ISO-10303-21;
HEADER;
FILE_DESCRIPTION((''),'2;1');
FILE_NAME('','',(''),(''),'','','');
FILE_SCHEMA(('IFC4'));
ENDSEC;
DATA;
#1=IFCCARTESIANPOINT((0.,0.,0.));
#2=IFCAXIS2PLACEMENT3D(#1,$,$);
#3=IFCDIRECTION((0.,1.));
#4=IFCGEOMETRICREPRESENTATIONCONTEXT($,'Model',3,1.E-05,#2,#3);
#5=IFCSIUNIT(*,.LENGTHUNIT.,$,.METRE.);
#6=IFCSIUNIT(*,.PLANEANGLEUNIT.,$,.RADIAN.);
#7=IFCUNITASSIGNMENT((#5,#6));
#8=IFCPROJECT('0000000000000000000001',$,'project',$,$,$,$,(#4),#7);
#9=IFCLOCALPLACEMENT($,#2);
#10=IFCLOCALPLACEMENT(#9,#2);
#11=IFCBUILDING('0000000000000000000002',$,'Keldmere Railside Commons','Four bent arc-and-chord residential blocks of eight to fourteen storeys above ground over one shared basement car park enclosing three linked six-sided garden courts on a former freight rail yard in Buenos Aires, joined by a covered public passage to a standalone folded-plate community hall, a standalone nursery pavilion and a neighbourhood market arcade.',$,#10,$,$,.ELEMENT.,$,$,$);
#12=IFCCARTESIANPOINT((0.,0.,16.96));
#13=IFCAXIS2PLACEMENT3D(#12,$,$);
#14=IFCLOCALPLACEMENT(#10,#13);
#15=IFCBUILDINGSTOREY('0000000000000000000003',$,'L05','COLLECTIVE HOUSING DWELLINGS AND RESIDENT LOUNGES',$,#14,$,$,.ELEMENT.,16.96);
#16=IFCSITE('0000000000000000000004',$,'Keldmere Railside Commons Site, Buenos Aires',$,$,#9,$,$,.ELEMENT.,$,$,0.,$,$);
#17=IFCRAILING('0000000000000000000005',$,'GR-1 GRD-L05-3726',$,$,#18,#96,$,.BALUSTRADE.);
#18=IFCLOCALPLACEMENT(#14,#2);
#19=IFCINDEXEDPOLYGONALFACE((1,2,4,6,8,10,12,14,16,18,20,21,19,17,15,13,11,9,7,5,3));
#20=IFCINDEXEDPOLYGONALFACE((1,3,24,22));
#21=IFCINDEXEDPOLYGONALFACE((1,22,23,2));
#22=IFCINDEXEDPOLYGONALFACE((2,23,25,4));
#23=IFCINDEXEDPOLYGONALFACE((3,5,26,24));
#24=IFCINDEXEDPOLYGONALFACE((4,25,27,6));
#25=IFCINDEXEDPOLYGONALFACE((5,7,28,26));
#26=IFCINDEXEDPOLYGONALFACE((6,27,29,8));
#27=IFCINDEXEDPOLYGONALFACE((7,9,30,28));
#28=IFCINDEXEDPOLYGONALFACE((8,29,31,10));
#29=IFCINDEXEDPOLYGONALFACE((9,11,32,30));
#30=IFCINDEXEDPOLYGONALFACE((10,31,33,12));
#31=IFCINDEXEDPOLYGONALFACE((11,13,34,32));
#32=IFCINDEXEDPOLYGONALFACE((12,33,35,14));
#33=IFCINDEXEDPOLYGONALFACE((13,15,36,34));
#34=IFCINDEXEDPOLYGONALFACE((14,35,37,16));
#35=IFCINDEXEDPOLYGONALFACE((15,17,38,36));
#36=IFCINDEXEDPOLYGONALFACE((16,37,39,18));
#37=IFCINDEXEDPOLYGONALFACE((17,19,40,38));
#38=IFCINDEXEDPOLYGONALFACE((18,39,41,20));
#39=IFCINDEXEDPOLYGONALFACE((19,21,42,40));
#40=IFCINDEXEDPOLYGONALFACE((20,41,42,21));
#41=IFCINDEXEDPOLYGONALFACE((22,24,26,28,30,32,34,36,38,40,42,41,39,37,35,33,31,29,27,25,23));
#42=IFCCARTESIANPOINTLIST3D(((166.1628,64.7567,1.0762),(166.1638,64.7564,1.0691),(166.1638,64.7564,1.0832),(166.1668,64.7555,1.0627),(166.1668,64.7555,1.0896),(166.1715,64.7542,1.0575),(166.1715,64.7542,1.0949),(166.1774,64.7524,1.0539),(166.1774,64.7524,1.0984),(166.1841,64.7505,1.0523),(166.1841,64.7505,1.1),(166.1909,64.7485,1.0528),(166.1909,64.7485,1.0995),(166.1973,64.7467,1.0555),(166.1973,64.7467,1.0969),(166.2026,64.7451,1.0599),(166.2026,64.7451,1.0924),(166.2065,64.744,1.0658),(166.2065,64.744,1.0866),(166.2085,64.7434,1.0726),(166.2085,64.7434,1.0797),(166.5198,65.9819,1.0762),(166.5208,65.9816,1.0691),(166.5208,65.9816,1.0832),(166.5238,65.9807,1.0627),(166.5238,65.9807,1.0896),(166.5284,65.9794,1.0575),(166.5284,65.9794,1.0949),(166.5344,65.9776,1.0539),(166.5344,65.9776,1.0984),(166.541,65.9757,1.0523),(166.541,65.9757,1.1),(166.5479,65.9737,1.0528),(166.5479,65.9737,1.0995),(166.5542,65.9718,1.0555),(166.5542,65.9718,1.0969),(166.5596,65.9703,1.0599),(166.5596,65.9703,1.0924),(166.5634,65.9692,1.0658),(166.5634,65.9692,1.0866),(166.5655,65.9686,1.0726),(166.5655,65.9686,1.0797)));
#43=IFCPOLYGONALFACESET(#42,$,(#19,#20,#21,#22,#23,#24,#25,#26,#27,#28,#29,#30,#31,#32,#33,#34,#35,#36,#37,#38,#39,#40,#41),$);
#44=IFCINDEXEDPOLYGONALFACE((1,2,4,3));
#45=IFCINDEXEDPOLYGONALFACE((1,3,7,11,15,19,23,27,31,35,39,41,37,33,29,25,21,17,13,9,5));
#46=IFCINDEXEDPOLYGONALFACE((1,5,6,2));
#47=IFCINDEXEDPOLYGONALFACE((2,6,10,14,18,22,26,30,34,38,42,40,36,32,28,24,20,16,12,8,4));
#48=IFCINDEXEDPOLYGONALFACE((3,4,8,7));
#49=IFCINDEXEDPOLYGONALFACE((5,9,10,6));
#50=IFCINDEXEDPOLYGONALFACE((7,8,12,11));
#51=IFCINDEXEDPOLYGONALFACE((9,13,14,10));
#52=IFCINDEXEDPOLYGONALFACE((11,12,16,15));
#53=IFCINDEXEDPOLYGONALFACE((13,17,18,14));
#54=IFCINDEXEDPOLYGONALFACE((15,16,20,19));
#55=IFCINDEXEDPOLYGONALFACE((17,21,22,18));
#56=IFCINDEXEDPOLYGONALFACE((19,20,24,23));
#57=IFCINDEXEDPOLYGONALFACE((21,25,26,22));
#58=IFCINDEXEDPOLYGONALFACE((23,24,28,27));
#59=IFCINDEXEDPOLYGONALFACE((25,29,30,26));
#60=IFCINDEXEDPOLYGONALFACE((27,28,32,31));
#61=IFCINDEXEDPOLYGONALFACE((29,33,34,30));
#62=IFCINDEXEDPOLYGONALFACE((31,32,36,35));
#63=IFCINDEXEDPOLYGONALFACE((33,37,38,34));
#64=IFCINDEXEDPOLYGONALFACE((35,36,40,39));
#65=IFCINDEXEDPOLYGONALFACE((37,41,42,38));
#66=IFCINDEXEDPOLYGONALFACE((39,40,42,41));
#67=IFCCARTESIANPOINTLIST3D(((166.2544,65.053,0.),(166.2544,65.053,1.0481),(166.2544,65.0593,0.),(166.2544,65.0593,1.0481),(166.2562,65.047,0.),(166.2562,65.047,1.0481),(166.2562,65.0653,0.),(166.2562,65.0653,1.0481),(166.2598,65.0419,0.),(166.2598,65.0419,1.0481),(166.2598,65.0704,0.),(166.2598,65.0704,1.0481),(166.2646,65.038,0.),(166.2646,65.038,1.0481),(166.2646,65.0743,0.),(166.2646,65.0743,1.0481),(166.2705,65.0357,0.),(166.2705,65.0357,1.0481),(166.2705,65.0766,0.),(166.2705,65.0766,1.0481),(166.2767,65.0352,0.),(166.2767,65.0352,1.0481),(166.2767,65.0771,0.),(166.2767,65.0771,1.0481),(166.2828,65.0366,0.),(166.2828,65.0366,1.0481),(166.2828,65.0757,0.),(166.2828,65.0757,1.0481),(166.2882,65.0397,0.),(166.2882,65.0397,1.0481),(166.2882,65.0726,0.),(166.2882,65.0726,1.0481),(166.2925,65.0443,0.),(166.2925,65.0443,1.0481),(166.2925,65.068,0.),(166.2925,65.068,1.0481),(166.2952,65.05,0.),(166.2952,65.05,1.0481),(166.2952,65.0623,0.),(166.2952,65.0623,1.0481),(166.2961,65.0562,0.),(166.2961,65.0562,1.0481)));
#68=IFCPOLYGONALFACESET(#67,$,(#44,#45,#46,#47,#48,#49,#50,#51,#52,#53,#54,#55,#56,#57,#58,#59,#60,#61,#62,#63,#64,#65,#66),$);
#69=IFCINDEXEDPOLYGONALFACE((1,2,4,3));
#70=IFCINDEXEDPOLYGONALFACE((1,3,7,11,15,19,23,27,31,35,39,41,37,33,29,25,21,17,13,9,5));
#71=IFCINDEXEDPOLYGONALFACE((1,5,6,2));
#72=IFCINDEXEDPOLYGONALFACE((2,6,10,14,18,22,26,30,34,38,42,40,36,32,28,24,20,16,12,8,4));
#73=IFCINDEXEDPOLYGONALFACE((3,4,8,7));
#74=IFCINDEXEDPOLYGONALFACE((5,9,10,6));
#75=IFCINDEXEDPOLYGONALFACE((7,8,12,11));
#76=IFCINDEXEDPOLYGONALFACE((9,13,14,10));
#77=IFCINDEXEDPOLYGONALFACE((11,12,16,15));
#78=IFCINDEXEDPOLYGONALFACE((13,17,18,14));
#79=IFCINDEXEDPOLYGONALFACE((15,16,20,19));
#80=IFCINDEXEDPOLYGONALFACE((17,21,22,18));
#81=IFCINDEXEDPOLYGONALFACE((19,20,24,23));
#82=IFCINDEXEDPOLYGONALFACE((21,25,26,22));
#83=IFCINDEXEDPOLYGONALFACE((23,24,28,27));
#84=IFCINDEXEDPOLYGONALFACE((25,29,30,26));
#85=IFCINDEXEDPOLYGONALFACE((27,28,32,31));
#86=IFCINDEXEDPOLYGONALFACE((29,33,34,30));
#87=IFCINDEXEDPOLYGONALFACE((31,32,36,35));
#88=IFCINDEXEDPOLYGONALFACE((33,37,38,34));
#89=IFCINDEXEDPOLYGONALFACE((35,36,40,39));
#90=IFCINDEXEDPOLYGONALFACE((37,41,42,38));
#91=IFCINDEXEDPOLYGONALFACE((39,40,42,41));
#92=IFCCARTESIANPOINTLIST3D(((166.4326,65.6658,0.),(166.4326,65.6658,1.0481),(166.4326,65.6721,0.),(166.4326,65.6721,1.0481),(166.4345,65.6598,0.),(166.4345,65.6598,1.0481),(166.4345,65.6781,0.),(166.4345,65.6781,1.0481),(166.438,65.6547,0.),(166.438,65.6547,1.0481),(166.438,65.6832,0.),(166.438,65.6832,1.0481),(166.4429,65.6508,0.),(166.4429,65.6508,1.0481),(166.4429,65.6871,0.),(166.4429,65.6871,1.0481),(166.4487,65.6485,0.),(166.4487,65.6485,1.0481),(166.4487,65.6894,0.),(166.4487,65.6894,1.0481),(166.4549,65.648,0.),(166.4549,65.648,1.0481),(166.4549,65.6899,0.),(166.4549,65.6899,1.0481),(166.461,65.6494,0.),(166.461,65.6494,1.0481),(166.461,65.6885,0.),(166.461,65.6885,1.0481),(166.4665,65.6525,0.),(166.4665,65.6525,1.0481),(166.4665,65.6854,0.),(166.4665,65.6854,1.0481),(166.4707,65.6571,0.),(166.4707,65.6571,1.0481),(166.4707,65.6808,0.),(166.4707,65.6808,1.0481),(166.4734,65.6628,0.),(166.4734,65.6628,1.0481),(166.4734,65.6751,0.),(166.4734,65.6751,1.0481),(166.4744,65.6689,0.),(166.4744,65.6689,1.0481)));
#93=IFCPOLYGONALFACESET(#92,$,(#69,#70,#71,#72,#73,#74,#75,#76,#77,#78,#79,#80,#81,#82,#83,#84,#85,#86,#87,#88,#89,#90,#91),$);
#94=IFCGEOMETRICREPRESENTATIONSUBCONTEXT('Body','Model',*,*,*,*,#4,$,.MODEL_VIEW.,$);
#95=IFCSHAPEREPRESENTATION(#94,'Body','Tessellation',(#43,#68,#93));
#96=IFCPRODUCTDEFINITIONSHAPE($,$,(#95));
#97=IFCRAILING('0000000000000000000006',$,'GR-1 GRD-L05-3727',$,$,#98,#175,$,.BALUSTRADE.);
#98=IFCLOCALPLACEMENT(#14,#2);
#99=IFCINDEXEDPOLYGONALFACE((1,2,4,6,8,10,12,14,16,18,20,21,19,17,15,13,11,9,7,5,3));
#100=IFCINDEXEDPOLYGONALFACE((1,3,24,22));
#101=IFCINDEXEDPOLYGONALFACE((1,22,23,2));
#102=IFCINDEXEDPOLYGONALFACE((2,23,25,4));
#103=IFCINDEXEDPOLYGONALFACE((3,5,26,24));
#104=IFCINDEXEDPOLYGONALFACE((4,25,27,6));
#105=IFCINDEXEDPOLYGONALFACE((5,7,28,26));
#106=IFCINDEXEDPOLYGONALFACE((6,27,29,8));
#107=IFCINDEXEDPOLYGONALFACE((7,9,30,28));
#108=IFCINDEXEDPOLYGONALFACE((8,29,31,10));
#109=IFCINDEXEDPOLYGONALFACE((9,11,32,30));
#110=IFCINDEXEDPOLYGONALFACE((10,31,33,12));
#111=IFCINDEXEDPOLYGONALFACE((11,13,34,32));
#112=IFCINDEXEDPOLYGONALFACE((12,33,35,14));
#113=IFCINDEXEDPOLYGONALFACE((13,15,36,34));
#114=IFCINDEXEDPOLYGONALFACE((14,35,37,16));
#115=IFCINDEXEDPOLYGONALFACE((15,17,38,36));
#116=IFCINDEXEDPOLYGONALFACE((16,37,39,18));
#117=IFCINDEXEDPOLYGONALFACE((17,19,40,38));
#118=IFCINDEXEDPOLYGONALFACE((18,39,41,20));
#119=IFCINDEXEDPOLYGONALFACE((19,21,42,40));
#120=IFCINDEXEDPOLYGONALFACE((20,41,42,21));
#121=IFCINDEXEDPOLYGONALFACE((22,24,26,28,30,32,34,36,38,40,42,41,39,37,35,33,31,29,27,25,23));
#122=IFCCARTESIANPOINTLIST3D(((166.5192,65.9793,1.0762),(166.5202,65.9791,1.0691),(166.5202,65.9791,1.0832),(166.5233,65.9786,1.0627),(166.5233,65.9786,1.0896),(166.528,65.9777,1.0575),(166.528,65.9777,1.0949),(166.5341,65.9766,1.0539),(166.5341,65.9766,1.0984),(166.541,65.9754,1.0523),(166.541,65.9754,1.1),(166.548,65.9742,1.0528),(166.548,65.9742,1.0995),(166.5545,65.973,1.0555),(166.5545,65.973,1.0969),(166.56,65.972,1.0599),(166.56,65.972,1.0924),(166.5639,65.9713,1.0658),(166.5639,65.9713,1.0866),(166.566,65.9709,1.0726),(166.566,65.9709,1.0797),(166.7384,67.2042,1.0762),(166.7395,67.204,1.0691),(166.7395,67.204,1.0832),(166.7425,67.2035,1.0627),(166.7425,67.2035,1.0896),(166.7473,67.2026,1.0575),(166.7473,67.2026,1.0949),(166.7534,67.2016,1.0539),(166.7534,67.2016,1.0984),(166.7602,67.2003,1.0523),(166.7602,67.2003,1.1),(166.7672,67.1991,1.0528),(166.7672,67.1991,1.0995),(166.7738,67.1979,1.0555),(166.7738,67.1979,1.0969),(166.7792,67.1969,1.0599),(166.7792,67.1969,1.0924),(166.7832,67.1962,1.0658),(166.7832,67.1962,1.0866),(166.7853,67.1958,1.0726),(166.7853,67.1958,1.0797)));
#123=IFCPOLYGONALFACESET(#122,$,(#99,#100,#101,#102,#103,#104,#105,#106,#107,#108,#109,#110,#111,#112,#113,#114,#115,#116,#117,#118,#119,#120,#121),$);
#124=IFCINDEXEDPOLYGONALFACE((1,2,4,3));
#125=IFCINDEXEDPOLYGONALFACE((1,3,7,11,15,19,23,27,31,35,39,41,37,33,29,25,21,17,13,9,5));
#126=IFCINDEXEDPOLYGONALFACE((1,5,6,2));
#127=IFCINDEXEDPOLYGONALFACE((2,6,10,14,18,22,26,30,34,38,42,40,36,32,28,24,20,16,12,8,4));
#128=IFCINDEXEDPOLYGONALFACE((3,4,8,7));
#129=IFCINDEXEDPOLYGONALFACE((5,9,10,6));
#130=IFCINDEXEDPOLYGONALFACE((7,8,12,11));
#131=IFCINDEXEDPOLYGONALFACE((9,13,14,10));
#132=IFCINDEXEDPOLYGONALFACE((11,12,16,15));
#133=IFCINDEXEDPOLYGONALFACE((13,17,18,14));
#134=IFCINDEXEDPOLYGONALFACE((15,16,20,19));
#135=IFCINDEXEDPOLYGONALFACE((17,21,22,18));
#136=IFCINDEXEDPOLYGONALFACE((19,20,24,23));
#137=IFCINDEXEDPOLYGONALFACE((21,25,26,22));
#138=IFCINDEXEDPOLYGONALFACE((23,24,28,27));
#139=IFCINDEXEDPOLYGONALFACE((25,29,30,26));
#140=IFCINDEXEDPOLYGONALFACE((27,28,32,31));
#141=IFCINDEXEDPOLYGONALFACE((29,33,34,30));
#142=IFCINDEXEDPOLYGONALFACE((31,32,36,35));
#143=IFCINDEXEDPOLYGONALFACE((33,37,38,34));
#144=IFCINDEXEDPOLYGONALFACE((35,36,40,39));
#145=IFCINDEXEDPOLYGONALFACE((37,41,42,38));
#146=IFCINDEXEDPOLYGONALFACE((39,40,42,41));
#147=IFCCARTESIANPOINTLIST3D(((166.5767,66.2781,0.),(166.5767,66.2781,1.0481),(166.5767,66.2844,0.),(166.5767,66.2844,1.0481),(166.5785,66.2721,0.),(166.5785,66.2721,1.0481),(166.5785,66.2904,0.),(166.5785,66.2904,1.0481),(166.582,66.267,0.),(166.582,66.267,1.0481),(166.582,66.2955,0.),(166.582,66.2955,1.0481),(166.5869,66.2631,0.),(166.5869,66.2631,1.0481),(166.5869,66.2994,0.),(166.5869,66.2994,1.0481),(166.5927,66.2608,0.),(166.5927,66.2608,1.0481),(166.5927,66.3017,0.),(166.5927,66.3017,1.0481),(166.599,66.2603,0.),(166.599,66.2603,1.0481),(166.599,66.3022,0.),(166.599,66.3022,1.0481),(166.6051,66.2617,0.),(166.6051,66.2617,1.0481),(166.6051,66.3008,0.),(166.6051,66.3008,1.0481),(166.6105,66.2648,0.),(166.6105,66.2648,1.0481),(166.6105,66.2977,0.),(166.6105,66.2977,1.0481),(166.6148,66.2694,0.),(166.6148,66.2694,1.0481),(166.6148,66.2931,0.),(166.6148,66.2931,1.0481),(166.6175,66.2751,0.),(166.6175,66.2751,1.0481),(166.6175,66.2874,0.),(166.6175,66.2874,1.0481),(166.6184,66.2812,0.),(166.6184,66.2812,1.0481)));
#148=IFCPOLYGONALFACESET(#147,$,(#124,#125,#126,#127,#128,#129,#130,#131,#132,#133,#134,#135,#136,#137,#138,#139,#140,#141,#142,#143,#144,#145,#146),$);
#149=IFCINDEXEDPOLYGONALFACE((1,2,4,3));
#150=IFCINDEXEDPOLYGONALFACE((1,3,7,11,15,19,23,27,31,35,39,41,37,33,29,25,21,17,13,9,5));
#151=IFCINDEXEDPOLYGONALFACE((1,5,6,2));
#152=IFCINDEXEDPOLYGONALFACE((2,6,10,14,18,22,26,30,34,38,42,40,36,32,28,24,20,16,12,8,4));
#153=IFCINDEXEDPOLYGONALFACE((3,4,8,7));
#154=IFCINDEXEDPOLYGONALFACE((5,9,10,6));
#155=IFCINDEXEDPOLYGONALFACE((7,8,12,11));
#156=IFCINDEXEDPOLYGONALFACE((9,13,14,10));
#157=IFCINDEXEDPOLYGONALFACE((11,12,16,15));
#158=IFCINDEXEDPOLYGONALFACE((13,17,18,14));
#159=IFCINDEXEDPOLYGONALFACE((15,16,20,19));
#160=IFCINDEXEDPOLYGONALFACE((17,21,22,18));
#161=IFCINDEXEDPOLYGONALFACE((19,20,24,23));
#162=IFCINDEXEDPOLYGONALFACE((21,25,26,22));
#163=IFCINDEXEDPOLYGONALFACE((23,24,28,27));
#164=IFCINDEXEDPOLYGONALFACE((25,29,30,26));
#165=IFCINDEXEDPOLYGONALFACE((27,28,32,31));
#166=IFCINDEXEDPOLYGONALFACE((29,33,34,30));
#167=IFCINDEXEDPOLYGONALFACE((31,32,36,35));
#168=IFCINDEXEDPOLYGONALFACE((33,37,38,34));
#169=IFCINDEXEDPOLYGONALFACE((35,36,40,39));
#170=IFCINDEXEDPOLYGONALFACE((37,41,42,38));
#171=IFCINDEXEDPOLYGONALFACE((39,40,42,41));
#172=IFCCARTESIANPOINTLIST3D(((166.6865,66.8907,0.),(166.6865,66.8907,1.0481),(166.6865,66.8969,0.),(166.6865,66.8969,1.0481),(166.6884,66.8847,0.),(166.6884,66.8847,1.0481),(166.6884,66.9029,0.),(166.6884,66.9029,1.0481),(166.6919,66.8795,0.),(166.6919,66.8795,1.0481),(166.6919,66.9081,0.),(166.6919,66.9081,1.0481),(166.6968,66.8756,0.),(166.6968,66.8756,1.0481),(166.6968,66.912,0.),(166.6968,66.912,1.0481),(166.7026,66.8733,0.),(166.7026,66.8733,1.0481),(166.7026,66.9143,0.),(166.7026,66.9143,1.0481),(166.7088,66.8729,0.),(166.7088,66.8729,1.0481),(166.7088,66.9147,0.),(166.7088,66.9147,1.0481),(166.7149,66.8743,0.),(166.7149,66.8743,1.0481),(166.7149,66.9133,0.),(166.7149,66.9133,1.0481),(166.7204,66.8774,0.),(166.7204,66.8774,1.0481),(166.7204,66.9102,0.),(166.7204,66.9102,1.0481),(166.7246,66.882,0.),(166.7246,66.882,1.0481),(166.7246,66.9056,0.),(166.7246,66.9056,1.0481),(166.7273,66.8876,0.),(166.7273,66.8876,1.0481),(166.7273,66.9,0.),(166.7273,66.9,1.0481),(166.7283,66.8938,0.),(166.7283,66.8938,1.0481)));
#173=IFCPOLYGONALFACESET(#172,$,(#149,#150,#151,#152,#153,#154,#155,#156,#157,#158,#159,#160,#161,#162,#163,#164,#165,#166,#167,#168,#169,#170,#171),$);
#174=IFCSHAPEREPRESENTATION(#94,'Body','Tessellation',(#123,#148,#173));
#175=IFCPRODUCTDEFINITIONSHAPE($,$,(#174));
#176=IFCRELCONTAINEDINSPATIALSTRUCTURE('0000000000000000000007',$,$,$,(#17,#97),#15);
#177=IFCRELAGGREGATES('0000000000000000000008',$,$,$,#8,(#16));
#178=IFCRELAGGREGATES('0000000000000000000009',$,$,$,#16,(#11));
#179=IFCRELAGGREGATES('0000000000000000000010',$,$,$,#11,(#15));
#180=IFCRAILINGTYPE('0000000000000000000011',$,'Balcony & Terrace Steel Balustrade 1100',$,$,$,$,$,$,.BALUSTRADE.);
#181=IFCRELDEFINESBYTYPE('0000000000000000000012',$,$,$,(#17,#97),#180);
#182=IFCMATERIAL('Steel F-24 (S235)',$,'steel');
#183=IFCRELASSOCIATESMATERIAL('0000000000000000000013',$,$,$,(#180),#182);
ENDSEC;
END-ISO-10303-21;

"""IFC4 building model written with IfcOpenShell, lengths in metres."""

from ifc_helpers import new_model, si_unit, direction, frame, origin, origin_2d, place, context, subcontext, project, spatial, circle, extrude, material, type_object, element, save


model = new_model("IFC4")

# Units and contexts
model_context = context("Model", 3, precision=1e-05, world=origin(), true_north=direction((0.0, 1.0)))
body_context = subcontext(model_context, "Body", "Model", "MODEL_VIEW")
ifc_project = project(units=[si_unit("LENGTHUNIT", "METRE"), si_unit("PLANEANGLEUNIT", "RADIAN")], contexts=[model_context])

# Site, building, storey
site_placement = place(None, origin())
site = spatial("IfcSite", under=ifc_project, at=site_placement, Name="Keldmere Railside Commons Site, Buenos Aires", CompositionType="ELEMENT", RefElevation=0.0)
building_placement = place(site_placement, origin())
building = spatial("IfcBuilding", under=site, at=building_placement, Name="Keldmere Railside Commons", Description="Four bent arc-and-chord residential blocks of eight to fourteen storeys above ground over one shared basement car park enclosing three linked six-sided garden courts on a former freight rail yard in Buenos Aires, joined by a covered public passage to a standalone folded-plate community hall, a standalone nursery pavilion and a neighbourhood market arcade.", CompositionType="ELEMENT")
storey_placement = place(building_placement, frame((0.0, 0.0, 16.96)))
storey = spatial("IfcBuildingStorey", under=building, at=storey_placement, Name="L05", Description="COLLECTIVE HOUSING DWELLINGS AND RESIDENT LOUNGES", CompositionType="ELEMENT", Elevation=16.96)

# Shared definitions
ifc_material_1 = material(Name="Steel F-24 (S235)", Category="steel")

# Railings
railing_type_1 = type_object("IfcRailingType", Name="Balcony & Terrace Steel Balustrade 1100", PredefinedType="BALUSTRADE", material=ifc_material_1)
railing_1_placement = place(storey_placement, frame((166.1858, 64.75, 0.0)))
element("IfcRailing", 1, at=railing_1_placement, inside=storey, type_object=railing_type_1, Name="GR-1 GRD-L05-3726", PredefinedType="BALUSTRADE", context=body_context, shape_type="SweptSolid", body=[
    extrude(circle(Radius=0.0239, at=origin_2d()), frame((0.0, 0.0, 1.0762), z_axis=(0.279721, 0.960081, 0.0), x_axis=(-0.960081, 0.279721, 0.0)), (0.0, 0.0, 1.0), 1.2761),
    extrude(circle(Radius=0.021, at=origin_2d()), frame((0.0894, 0.3062, 0.0)), (0.0, 0.0, 1.0), 1.0481),
    extrude(circle(Radius=0.021, at=origin_2d()), frame((0.2676, 0.9189, 0.0)), (0.0, 0.0, 1.0), 1.0481),
])
railing_2_placement = place(storey_placement, frame((166.5427, 65.9751, 0.0)))
element("IfcRailing", 2, at=railing_2_placement, inside=storey, type_object=railing_type_1, Name="GR-1 GRD-L05-3727", PredefinedType="BALUSTRADE", context=body_context, shape_type="SweptSolid", body=[
    extrude(circle(Radius=0.0239, at=origin_2d()), frame((0.0, 0.0, 1.0762), z_axis=(0.176191, 0.984356, 0.0), x_axis=(-0.984356, 0.176191, 0.0)), (0.0, 0.0, 1.0), 1.2444),
    extrude(circle(Radius=0.021, at=origin_2d()), frame((0.0547, 0.3062, 0.0)), (0.0, 0.0, 1.0), 1.0481),
    extrude(circle(Radius=0.021, at=origin_2d()), frame((0.1646, 0.9187, 0.0)), (0.0, 0.0, 1.0), 1.0481),
])

save(model, "model.ifc")
